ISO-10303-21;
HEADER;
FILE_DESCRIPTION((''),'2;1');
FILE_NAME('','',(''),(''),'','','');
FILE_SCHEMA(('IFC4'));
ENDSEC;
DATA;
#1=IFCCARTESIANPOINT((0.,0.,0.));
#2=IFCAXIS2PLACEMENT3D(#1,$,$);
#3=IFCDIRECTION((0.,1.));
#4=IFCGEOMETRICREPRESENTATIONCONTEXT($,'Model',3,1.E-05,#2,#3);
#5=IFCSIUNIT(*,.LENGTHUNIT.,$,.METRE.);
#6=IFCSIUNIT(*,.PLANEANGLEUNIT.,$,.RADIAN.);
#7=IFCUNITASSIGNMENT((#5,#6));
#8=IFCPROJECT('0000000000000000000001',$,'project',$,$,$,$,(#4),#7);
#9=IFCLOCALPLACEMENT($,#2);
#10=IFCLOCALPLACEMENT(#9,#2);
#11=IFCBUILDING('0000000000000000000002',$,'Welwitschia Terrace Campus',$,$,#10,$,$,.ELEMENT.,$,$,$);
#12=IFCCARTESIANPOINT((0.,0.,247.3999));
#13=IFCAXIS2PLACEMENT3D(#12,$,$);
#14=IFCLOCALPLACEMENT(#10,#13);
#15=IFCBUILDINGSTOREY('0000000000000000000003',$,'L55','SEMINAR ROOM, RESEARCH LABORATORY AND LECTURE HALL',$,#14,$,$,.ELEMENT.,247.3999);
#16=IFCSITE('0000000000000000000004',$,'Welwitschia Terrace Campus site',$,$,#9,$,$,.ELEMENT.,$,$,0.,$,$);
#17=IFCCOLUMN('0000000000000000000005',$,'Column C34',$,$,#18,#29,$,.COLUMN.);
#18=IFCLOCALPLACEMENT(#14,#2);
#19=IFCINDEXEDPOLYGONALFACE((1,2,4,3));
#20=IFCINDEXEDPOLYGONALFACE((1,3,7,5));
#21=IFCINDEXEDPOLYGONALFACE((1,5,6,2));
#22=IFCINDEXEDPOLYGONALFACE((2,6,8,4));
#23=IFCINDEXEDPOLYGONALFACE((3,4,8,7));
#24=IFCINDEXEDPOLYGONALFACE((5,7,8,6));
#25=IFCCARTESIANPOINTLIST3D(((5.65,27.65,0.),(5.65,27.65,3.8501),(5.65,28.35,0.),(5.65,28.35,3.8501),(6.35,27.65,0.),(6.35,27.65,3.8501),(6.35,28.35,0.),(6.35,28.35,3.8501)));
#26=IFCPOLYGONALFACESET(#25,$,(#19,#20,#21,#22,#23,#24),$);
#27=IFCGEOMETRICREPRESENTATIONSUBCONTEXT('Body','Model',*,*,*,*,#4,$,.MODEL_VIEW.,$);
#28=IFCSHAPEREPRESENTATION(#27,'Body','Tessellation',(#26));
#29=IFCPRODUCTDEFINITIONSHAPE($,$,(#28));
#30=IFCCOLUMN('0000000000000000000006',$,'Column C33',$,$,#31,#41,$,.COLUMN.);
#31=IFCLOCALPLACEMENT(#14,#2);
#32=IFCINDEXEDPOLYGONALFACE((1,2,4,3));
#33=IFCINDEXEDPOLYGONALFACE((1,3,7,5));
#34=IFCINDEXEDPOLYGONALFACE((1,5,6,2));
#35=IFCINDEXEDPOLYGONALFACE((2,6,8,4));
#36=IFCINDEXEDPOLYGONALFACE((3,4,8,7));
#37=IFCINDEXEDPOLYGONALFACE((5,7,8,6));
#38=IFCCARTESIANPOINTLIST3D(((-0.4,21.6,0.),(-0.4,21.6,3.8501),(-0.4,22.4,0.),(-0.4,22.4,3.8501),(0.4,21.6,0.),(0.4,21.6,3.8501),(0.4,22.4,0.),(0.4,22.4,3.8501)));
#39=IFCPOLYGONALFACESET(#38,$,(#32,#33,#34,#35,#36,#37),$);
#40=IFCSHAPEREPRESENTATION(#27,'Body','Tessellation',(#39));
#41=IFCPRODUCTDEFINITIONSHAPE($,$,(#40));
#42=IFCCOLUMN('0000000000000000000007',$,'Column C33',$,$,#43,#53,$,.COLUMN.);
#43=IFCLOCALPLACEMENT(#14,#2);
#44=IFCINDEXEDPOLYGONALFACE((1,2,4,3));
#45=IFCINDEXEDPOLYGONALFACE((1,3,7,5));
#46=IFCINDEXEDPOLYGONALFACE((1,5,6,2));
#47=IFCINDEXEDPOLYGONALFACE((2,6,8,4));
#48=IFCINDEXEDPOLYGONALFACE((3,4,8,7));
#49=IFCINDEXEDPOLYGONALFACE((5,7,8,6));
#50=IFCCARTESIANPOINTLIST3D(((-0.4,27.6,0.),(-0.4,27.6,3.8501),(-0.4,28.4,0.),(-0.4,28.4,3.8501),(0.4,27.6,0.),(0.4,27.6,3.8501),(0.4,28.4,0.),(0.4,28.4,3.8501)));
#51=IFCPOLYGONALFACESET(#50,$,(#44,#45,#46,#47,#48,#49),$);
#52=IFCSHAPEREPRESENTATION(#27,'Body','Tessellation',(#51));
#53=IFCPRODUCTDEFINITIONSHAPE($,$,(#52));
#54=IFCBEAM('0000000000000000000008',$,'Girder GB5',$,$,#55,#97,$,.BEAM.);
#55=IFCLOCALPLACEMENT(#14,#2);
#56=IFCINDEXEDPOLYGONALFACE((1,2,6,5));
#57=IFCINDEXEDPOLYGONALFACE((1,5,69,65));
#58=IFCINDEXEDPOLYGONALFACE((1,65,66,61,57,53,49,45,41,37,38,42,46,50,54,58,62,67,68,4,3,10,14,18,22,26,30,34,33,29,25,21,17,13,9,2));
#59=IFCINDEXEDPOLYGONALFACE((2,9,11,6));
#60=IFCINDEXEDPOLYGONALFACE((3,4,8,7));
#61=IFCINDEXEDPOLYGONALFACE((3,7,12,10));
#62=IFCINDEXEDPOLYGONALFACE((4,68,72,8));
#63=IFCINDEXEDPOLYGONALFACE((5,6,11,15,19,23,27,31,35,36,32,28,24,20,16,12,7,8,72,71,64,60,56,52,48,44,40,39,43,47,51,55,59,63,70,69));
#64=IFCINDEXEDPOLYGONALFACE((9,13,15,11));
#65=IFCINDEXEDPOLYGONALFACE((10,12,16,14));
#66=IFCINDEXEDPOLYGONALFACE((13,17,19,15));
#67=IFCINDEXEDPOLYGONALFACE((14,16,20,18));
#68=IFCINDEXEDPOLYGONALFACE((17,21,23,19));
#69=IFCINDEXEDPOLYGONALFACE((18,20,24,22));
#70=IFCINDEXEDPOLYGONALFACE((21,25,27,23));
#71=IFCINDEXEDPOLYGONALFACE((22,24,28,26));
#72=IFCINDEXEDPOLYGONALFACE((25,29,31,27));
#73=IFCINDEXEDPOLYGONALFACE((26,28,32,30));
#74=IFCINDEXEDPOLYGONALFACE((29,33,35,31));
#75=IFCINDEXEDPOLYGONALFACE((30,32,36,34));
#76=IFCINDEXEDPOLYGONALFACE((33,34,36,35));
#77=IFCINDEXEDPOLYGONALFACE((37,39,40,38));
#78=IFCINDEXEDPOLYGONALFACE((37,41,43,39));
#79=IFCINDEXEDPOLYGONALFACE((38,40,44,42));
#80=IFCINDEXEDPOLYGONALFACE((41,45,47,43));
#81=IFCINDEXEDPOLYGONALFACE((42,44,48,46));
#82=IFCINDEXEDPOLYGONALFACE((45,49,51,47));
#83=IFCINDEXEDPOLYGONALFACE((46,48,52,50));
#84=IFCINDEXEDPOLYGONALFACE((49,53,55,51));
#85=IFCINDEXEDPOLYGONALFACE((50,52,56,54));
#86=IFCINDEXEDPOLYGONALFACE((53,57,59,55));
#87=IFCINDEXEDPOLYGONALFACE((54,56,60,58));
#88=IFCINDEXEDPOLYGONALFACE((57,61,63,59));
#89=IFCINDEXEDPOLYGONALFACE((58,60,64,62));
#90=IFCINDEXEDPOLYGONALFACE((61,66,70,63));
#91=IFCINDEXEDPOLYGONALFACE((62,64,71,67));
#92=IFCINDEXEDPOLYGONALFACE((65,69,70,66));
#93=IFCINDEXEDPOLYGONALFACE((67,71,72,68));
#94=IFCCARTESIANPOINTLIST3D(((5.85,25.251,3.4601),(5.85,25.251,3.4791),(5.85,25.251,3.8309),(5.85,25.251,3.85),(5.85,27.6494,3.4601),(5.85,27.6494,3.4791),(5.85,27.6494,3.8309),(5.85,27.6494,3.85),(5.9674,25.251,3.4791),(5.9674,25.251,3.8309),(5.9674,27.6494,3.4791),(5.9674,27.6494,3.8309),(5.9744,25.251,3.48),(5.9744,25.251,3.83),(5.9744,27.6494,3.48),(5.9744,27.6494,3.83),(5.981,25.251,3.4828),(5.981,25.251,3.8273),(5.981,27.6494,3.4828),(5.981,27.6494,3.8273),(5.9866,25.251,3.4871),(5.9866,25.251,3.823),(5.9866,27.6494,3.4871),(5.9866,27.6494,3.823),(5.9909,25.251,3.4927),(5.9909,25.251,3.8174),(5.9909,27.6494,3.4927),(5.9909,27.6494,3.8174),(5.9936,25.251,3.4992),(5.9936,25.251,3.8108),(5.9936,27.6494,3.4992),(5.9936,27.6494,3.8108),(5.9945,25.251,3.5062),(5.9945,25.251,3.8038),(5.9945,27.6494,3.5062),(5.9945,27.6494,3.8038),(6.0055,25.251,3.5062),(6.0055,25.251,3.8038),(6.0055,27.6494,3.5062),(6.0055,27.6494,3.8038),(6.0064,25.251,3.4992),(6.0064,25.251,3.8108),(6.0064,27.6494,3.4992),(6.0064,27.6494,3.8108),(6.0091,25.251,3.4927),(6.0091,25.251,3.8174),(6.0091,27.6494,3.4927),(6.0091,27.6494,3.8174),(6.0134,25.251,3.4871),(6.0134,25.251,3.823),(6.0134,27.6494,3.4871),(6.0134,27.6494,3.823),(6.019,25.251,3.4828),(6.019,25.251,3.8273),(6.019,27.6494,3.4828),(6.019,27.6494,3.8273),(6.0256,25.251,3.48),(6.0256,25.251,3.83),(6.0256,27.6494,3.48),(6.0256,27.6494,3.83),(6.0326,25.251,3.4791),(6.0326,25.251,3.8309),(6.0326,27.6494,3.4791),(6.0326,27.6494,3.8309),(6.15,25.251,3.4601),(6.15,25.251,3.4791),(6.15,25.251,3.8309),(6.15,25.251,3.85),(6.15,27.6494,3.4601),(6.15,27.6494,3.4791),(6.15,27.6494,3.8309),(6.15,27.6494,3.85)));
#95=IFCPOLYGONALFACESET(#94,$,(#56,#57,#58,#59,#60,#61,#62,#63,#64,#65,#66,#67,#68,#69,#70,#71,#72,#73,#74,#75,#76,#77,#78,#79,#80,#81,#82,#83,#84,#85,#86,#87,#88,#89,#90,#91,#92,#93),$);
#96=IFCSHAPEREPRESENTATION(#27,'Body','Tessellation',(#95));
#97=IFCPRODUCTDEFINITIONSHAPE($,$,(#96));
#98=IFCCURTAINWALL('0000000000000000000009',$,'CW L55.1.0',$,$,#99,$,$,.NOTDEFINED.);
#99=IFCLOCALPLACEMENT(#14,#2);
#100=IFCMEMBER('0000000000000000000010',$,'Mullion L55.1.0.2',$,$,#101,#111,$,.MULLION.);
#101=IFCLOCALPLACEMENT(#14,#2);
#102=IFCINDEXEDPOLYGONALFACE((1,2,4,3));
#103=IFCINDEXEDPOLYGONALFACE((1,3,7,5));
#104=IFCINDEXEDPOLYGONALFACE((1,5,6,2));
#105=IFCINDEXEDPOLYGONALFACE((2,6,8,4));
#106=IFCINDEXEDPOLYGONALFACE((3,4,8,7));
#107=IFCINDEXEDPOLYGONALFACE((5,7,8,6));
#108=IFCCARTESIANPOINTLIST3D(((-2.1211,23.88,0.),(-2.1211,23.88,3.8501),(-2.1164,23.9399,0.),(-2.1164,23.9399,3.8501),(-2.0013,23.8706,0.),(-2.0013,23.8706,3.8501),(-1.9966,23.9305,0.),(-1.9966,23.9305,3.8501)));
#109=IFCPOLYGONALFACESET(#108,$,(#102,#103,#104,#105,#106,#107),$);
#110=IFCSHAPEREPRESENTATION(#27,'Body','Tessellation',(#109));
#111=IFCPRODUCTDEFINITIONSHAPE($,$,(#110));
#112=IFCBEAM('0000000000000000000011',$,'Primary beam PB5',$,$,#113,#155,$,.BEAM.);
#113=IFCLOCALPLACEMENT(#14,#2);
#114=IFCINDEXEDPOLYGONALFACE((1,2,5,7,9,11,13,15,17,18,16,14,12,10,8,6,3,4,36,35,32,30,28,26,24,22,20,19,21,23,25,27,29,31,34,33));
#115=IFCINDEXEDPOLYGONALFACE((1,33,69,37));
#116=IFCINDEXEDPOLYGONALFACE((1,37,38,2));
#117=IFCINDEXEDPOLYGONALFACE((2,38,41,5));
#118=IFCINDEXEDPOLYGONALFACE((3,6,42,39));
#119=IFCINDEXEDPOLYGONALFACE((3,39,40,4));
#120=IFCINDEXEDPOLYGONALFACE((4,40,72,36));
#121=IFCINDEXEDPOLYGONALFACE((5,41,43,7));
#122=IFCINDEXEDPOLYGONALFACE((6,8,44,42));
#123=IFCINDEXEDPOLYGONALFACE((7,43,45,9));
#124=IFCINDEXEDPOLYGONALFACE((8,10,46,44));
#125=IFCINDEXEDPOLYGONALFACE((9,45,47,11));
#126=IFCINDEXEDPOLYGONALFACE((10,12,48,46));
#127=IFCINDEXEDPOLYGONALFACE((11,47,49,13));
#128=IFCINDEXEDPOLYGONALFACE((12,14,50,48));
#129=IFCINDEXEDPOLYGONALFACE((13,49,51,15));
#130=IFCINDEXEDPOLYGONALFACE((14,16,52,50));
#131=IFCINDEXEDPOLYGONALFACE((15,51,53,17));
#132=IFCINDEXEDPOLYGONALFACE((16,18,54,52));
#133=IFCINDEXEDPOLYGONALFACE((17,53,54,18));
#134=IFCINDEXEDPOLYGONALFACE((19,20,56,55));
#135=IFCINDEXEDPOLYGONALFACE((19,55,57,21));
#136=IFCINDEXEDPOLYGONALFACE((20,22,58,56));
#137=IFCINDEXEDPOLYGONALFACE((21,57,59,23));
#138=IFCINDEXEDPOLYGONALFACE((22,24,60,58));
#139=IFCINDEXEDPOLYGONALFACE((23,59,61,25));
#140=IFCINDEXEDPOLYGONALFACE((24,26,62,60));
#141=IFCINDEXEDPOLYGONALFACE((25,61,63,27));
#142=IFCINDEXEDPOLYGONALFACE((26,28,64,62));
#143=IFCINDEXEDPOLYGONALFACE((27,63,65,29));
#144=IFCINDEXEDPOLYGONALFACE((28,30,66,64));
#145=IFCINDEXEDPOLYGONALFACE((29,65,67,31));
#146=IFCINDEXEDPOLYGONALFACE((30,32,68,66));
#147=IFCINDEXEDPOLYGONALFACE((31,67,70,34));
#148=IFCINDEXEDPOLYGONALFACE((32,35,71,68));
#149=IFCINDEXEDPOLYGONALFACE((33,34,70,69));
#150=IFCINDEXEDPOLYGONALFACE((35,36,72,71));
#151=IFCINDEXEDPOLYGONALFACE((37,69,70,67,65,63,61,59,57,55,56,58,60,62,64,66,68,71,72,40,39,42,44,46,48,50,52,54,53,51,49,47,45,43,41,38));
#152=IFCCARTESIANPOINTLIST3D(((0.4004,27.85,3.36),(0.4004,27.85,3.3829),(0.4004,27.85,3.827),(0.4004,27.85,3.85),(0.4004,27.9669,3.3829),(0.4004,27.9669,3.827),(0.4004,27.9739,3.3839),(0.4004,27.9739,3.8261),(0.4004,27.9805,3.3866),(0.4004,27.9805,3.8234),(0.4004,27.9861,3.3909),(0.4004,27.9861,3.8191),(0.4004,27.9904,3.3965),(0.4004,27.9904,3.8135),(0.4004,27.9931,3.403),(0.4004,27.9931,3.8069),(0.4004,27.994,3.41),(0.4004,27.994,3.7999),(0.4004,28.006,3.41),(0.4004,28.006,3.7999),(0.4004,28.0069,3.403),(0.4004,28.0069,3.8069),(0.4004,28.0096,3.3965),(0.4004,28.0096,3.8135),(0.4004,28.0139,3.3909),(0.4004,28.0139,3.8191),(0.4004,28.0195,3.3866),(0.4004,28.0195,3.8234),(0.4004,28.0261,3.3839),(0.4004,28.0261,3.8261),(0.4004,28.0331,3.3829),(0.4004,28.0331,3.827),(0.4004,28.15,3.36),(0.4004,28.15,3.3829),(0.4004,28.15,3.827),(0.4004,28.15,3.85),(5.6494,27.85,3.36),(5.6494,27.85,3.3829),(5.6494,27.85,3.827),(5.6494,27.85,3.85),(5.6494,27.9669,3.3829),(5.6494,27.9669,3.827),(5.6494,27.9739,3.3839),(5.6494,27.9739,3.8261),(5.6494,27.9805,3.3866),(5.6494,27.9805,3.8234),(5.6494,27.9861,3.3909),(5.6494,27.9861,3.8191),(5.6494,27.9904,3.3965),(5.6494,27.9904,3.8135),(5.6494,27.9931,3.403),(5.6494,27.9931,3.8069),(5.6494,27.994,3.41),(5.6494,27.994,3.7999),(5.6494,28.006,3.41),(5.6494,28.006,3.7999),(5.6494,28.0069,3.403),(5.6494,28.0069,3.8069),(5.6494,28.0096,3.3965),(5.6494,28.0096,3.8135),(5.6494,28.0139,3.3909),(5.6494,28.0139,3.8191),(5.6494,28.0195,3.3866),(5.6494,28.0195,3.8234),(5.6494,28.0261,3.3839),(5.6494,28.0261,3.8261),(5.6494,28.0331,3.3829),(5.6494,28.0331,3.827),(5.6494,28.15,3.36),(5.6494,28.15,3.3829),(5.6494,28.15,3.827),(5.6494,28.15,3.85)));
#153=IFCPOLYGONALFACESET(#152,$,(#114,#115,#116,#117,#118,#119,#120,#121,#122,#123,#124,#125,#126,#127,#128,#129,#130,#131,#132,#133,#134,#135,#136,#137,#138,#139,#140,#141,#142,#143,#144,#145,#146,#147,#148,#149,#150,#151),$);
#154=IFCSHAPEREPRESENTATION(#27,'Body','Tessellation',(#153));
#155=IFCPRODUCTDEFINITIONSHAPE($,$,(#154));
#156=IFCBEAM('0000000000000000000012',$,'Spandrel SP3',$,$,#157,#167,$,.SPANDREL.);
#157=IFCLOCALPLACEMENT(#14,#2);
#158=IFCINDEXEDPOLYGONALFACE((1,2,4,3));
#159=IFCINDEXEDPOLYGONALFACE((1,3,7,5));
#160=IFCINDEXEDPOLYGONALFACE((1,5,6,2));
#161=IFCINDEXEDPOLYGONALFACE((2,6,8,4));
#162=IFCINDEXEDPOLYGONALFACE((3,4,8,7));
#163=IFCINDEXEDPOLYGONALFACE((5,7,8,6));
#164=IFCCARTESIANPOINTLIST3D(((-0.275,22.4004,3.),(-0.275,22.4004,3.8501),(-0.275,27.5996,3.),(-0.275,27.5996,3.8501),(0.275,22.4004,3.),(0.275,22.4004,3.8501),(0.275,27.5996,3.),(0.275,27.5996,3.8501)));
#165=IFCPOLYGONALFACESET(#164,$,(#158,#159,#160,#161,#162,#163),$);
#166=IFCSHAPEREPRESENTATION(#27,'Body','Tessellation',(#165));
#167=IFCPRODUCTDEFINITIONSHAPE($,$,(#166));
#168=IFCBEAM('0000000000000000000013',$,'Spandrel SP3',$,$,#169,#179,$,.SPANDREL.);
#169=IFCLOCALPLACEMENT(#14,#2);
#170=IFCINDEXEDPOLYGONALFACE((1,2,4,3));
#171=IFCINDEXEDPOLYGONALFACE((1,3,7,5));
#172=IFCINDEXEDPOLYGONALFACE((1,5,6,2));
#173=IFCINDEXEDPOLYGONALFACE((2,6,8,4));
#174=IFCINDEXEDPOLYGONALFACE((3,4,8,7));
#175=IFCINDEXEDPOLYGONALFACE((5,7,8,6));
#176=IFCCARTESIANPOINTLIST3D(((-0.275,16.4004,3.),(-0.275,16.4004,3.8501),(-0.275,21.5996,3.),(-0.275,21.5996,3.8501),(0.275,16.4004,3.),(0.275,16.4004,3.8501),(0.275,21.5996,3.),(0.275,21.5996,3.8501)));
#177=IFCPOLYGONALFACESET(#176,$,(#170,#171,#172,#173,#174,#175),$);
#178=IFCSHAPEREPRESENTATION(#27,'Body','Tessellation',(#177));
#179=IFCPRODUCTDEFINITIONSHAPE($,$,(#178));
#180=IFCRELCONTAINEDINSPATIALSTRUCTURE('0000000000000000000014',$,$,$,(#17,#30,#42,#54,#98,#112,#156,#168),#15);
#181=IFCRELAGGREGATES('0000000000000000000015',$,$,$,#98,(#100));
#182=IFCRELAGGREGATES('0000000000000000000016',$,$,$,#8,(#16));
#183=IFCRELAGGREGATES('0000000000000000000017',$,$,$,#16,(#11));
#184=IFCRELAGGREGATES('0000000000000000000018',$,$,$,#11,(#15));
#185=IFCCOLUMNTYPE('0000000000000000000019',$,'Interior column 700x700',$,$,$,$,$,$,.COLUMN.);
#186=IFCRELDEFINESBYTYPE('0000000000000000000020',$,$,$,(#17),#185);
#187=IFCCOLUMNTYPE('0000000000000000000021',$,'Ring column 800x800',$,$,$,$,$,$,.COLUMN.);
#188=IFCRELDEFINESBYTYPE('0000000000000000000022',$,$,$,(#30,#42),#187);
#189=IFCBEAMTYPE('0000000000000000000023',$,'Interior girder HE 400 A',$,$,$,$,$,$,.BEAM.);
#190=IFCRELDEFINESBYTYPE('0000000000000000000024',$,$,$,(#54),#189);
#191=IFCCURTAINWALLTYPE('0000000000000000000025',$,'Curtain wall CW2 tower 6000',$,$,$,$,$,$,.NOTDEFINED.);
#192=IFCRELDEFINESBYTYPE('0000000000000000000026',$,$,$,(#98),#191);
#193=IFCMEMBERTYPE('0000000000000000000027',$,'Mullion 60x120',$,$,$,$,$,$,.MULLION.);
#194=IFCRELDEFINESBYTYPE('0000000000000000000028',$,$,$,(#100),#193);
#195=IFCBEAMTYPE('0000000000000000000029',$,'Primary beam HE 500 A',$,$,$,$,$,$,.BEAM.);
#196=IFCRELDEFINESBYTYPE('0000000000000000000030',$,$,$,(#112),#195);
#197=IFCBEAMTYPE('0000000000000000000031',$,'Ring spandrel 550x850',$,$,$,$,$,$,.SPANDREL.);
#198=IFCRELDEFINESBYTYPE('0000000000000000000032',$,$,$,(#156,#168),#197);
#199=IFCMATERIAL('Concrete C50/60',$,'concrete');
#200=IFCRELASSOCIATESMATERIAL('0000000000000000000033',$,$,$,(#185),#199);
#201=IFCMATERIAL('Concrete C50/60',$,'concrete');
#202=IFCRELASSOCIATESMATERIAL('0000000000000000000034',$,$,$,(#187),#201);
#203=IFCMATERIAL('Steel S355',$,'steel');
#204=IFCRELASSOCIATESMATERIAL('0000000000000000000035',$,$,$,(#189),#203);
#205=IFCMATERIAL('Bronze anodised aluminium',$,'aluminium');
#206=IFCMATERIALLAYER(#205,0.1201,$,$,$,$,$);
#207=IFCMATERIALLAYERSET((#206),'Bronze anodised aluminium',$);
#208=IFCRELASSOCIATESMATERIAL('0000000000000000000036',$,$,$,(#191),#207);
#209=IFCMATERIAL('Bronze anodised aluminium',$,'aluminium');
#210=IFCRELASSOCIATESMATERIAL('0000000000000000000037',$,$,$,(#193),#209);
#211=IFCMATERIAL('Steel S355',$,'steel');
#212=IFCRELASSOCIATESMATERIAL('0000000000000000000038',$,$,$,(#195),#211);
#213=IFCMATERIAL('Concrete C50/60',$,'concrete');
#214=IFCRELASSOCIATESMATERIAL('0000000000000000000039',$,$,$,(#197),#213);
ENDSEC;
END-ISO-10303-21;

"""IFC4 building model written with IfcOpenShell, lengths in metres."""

from ifc_helpers import new_model, si_unit, direction, frame, origin, origin_2d, place, context, subcontext, project, spatial, rectangle, i_section, extrude, material, layer, layer_set, material_profile, profile_set, type_object, element, aggregate, save


model = new_model("IFC4")

# Units and contexts
model_context = context("Model", 3, precision=1e-05, world=origin(), true_north=direction((0.0, 1.0)))
body_context = subcontext(model_context, "Body", "Model", "MODEL_VIEW")
ifc_project = project(units=[si_unit("LENGTHUNIT", "METRE"), si_unit("PLANEANGLEUNIT", "RADIAN")], contexts=[model_context])

# Site, building, storey
site_placement = place(None, origin())
site = spatial("IfcSite", under=ifc_project, at=site_placement, Name="Welwitschia Terrace Campus site", CompositionType="ELEMENT", RefElevation=0.0)
building_placement = place(site_placement, origin())
building = spatial("IfcBuilding", under=site, at=building_placement, Name="Welwitschia Terrace Campus", CompositionType="ELEMENT")
storey_placement = place(building_placement, frame((0.0, 0.0, 247.3999)))
storey = spatial("IfcBuildingStorey", under=building, at=storey_placement, Name="L55", Description="SEMINAR ROOM, RESEARCH LABORATORY AND LECTURE HALL", CompositionType="ELEMENT", Elevation=247.3999)

# Columns
ifc_material_1 = material(Name="Concrete C50/60", Category="concrete")
ifc_material_profile_1 = material_profile(ifc_material_1, rectangle(XDim=0.7, YDim=0.7, at=origin_2d()))
ifc_profile_set_1 = profile_set([ifc_material_profile_1], Name="Concrete C50/60")
column_type_1 = type_object("IfcColumnType", Name="Interior column 700x700", PredefinedType="COLUMN", material=ifc_profile_set_1)
column_placement = place(storey_placement, frame((6.0, 28.0, 0.0), z_axis=(0.0, 0.0, 1.0), x_axis=(1.0, 0.0, 0.0)))
element("IfcColumn", 1, at=column_placement, inside=storey, type_object=column_type_1, Name="Column C34", PredefinedType="COLUMN", context=body_context, shape_type="SweptSolid", body=[
    extrude(rectangle(XDim=0.7, YDim=0.7, at=origin_2d()), origin(), (0.0, 0.0, 1.0), 3.8501),
])
ifc_material_2 = material(Name="Concrete C50/60", Category="concrete")
ifc_material_profile_2 = material_profile(ifc_material_2, rectangle(XDim=0.8, YDim=0.8, at=origin_2d()))
ifc_profile_set_2 = profile_set([ifc_material_profile_2], Name="Concrete C50/60")
column_type_2 = type_object("IfcColumnType", Name="Ring column 800x800", PredefinedType="COLUMN", material=ifc_profile_set_2)
for number, where, z_axis, x_axis, name in (
    (2, (0.0, 22.0, 0.0), (0.0, 0.0, 1.0), (1.0, 0.0, 0.0), "Column C33"),
    (3, (0.0, 28.0, 0.0), (0.0, 0.0, 1.0), (1.0, 0.0, 0.0), "Column C33"),
):
    element("IfcColumn", number, at=place(storey_placement, frame(where, z_axis=z_axis, x_axis=x_axis)), inside=storey, type_object=column_type_2, Name=name, PredefinedType="COLUMN", context=body_context, shape_type="SweptSolid", body=[
        extrude(rectangle(XDim=0.8, YDim=0.8, at=origin_2d()), origin(), (0.0, 0.0, 1.0), 3.8501),
    ])

# Beam
ifc_material_3 = material(Name="Steel S355", Category="steel")
ifc_material_profile_3 = material_profile(ifc_material_3, i_section(OverallWidth=0.3, OverallDepth=0.3899, WebThickness=0.011, FlangeThickness=0.019, FilletRadius=0.0271, at=origin_2d()))
ifc_profile_set_3 = profile_set([ifc_material_profile_3], Name="Steel S355")
beam_type_1 = type_object("IfcBeamType", Name="Interior girder HE 400 A", PredefinedType="BEAM", material=ifc_profile_set_3)
beam_1_placement = place(storey_placement, frame((6.0, 25.251, 3.655), z_axis=(0.0, 1.0, 0.0), x_axis=(-1.0, 0.0, 0.0)))
element("IfcBeam", 4, at=beam_1_placement, inside=storey, type_object=beam_type_1, Name="Girder GB5", PredefinedType="BEAM", context=body_context, shape_type="SweptSolid", body=[
    extrude(i_section(OverallWidth=0.3, OverallDepth=0.3899, WebThickness=0.011, FlangeThickness=0.019, FilletRadius=0.0271, at=origin_2d()), origin(), (0.0, 0.0, 1.0), 2.3984),
])

# Curtain wall, member
ifc_material_4 = material(Name="Bronze anodised aluminium", Category="aluminium")
ifc_layer_1 = layer(ifc_material_4, 0.1201)
ifc_layer_set_1 = layer_set([ifc_layer_1], Name="Bronze anodised aluminium")
curtain_wall_type = type_object("IfcCurtainWallType", Name="Curtain wall CW2 tower 6000", PredefinedType="NOTDEFINED", material=ifc_layer_set_1)
curtain_wall_placement = place(storey_placement, origin())
curtain_wall = element("IfcCurtainWall", 5, at=curtain_wall_placement, inside=storey, type_object=curtain_wall_type, Name="CW L55.1.0", PredefinedType="NOTDEFINED")
ifc_material_5 = material(Name="Bronze anodised aluminium", Category="aluminium")
ifc_material_profile_4 = material_profile(ifc_material_5, rectangle(XDim=0.1201, YDim=0.0601, at=origin_2d()))
ifc_profile_set_4 = profile_set([ifc_material_profile_4], Name="Bronze anodised aluminium")
member_type = type_object("IfcMemberType", Name="Mullion 60x120", PredefinedType="MULLION", material=ifc_profile_set_4)
member_placement = place(storey_placement, frame((-2.0588, 23.9053, 0.0), z_axis=(0.0, 0.0, 1.0), x_axis=(0.996917, -0.078459, 0.0)))
member = element("IfcMember", 6, at=member_placement, type_object=member_type, Name="Mullion L55.1.0.2", PredefinedType="MULLION", context=body_context, shape_type="SweptSolid", body=[
    extrude(rectangle(XDim=0.1201, YDim=0.0601, at=origin_2d()), origin(), (0.0, 0.0, 1.0), 3.8501),
])

# Beams
ifc_material_6 = material(Name="Steel S355", Category="steel")
ifc_material_profile_5 = material_profile(ifc_material_6, i_section(OverallWidth=0.3, OverallDepth=0.49, WebThickness=0.012, FlangeThickness=0.0229, FilletRadius=0.0271, at=origin_2d()))
ifc_profile_set_5 = profile_set([ifc_material_profile_5], Name="Steel S355")
beam_type_2 = type_object("IfcBeamType", Name="Primary beam HE 500 A", PredefinedType="BEAM", material=ifc_profile_set_5)
beam_2_placement = place(storey_placement, frame((0.4004, 28.0, 3.605), z_axis=(1.0, 0.0, 0.0), x_axis=(0.0, 1.0, 0.0)))
element("IfcBeam", 7, at=beam_2_placement, inside=storey, type_object=beam_type_2, Name="Primary beam PB5", PredefinedType="BEAM", context=body_context, shape_type="SweptSolid", body=[
    extrude(i_section(OverallWidth=0.3, OverallDepth=0.49, WebThickness=0.012, FlangeThickness=0.0229, FilletRadius=0.0271, at=origin_2d()), origin(), (0.0, 0.0, 1.0), 5.249),
])
ifc_material_7 = material(Name="Concrete C50/60", Category="concrete")
ifc_material_profile_6 = material_profile(ifc_material_7, rectangle(XDim=0.55, YDim=0.8501, at=origin_2d()))
ifc_profile_set_6 = profile_set([ifc_material_profile_6], Name="Concrete C50/60")
beam_type_3 = type_object("IfcBeamType", Name="Ring spandrel 550x850", PredefinedType="SPANDREL", material=ifc_profile_set_6)
for number, where, z_axis, x_axis, name in (
    (8, (0.0, 27.5996, 3.425), (0.0, -1.0, 0.0), (1.0, 0.0, 0.0), "Spandrel SP3"),
    (9, (0.0, 21.5996, 3.425), (0.0, -1.0, 0.0), (1.0, 0.0, 0.0), "Spandrel SP3"),
):
    element("IfcBeam", number, at=place(storey_placement, frame(where, z_axis=z_axis, x_axis=x_axis)), inside=storey, type_object=beam_type_3, Name=name, PredefinedType="SPANDREL", context=body_context, shape_type="SweptSolid", body=[
        extrude(rectangle(XDim=0.55, YDim=0.8501, at=origin_2d()), origin(), (0.0, 0.0, 1.0), 5.1992),
    ])

aggregate(curtain_wall, [member])

save(model, "model.ifc")
